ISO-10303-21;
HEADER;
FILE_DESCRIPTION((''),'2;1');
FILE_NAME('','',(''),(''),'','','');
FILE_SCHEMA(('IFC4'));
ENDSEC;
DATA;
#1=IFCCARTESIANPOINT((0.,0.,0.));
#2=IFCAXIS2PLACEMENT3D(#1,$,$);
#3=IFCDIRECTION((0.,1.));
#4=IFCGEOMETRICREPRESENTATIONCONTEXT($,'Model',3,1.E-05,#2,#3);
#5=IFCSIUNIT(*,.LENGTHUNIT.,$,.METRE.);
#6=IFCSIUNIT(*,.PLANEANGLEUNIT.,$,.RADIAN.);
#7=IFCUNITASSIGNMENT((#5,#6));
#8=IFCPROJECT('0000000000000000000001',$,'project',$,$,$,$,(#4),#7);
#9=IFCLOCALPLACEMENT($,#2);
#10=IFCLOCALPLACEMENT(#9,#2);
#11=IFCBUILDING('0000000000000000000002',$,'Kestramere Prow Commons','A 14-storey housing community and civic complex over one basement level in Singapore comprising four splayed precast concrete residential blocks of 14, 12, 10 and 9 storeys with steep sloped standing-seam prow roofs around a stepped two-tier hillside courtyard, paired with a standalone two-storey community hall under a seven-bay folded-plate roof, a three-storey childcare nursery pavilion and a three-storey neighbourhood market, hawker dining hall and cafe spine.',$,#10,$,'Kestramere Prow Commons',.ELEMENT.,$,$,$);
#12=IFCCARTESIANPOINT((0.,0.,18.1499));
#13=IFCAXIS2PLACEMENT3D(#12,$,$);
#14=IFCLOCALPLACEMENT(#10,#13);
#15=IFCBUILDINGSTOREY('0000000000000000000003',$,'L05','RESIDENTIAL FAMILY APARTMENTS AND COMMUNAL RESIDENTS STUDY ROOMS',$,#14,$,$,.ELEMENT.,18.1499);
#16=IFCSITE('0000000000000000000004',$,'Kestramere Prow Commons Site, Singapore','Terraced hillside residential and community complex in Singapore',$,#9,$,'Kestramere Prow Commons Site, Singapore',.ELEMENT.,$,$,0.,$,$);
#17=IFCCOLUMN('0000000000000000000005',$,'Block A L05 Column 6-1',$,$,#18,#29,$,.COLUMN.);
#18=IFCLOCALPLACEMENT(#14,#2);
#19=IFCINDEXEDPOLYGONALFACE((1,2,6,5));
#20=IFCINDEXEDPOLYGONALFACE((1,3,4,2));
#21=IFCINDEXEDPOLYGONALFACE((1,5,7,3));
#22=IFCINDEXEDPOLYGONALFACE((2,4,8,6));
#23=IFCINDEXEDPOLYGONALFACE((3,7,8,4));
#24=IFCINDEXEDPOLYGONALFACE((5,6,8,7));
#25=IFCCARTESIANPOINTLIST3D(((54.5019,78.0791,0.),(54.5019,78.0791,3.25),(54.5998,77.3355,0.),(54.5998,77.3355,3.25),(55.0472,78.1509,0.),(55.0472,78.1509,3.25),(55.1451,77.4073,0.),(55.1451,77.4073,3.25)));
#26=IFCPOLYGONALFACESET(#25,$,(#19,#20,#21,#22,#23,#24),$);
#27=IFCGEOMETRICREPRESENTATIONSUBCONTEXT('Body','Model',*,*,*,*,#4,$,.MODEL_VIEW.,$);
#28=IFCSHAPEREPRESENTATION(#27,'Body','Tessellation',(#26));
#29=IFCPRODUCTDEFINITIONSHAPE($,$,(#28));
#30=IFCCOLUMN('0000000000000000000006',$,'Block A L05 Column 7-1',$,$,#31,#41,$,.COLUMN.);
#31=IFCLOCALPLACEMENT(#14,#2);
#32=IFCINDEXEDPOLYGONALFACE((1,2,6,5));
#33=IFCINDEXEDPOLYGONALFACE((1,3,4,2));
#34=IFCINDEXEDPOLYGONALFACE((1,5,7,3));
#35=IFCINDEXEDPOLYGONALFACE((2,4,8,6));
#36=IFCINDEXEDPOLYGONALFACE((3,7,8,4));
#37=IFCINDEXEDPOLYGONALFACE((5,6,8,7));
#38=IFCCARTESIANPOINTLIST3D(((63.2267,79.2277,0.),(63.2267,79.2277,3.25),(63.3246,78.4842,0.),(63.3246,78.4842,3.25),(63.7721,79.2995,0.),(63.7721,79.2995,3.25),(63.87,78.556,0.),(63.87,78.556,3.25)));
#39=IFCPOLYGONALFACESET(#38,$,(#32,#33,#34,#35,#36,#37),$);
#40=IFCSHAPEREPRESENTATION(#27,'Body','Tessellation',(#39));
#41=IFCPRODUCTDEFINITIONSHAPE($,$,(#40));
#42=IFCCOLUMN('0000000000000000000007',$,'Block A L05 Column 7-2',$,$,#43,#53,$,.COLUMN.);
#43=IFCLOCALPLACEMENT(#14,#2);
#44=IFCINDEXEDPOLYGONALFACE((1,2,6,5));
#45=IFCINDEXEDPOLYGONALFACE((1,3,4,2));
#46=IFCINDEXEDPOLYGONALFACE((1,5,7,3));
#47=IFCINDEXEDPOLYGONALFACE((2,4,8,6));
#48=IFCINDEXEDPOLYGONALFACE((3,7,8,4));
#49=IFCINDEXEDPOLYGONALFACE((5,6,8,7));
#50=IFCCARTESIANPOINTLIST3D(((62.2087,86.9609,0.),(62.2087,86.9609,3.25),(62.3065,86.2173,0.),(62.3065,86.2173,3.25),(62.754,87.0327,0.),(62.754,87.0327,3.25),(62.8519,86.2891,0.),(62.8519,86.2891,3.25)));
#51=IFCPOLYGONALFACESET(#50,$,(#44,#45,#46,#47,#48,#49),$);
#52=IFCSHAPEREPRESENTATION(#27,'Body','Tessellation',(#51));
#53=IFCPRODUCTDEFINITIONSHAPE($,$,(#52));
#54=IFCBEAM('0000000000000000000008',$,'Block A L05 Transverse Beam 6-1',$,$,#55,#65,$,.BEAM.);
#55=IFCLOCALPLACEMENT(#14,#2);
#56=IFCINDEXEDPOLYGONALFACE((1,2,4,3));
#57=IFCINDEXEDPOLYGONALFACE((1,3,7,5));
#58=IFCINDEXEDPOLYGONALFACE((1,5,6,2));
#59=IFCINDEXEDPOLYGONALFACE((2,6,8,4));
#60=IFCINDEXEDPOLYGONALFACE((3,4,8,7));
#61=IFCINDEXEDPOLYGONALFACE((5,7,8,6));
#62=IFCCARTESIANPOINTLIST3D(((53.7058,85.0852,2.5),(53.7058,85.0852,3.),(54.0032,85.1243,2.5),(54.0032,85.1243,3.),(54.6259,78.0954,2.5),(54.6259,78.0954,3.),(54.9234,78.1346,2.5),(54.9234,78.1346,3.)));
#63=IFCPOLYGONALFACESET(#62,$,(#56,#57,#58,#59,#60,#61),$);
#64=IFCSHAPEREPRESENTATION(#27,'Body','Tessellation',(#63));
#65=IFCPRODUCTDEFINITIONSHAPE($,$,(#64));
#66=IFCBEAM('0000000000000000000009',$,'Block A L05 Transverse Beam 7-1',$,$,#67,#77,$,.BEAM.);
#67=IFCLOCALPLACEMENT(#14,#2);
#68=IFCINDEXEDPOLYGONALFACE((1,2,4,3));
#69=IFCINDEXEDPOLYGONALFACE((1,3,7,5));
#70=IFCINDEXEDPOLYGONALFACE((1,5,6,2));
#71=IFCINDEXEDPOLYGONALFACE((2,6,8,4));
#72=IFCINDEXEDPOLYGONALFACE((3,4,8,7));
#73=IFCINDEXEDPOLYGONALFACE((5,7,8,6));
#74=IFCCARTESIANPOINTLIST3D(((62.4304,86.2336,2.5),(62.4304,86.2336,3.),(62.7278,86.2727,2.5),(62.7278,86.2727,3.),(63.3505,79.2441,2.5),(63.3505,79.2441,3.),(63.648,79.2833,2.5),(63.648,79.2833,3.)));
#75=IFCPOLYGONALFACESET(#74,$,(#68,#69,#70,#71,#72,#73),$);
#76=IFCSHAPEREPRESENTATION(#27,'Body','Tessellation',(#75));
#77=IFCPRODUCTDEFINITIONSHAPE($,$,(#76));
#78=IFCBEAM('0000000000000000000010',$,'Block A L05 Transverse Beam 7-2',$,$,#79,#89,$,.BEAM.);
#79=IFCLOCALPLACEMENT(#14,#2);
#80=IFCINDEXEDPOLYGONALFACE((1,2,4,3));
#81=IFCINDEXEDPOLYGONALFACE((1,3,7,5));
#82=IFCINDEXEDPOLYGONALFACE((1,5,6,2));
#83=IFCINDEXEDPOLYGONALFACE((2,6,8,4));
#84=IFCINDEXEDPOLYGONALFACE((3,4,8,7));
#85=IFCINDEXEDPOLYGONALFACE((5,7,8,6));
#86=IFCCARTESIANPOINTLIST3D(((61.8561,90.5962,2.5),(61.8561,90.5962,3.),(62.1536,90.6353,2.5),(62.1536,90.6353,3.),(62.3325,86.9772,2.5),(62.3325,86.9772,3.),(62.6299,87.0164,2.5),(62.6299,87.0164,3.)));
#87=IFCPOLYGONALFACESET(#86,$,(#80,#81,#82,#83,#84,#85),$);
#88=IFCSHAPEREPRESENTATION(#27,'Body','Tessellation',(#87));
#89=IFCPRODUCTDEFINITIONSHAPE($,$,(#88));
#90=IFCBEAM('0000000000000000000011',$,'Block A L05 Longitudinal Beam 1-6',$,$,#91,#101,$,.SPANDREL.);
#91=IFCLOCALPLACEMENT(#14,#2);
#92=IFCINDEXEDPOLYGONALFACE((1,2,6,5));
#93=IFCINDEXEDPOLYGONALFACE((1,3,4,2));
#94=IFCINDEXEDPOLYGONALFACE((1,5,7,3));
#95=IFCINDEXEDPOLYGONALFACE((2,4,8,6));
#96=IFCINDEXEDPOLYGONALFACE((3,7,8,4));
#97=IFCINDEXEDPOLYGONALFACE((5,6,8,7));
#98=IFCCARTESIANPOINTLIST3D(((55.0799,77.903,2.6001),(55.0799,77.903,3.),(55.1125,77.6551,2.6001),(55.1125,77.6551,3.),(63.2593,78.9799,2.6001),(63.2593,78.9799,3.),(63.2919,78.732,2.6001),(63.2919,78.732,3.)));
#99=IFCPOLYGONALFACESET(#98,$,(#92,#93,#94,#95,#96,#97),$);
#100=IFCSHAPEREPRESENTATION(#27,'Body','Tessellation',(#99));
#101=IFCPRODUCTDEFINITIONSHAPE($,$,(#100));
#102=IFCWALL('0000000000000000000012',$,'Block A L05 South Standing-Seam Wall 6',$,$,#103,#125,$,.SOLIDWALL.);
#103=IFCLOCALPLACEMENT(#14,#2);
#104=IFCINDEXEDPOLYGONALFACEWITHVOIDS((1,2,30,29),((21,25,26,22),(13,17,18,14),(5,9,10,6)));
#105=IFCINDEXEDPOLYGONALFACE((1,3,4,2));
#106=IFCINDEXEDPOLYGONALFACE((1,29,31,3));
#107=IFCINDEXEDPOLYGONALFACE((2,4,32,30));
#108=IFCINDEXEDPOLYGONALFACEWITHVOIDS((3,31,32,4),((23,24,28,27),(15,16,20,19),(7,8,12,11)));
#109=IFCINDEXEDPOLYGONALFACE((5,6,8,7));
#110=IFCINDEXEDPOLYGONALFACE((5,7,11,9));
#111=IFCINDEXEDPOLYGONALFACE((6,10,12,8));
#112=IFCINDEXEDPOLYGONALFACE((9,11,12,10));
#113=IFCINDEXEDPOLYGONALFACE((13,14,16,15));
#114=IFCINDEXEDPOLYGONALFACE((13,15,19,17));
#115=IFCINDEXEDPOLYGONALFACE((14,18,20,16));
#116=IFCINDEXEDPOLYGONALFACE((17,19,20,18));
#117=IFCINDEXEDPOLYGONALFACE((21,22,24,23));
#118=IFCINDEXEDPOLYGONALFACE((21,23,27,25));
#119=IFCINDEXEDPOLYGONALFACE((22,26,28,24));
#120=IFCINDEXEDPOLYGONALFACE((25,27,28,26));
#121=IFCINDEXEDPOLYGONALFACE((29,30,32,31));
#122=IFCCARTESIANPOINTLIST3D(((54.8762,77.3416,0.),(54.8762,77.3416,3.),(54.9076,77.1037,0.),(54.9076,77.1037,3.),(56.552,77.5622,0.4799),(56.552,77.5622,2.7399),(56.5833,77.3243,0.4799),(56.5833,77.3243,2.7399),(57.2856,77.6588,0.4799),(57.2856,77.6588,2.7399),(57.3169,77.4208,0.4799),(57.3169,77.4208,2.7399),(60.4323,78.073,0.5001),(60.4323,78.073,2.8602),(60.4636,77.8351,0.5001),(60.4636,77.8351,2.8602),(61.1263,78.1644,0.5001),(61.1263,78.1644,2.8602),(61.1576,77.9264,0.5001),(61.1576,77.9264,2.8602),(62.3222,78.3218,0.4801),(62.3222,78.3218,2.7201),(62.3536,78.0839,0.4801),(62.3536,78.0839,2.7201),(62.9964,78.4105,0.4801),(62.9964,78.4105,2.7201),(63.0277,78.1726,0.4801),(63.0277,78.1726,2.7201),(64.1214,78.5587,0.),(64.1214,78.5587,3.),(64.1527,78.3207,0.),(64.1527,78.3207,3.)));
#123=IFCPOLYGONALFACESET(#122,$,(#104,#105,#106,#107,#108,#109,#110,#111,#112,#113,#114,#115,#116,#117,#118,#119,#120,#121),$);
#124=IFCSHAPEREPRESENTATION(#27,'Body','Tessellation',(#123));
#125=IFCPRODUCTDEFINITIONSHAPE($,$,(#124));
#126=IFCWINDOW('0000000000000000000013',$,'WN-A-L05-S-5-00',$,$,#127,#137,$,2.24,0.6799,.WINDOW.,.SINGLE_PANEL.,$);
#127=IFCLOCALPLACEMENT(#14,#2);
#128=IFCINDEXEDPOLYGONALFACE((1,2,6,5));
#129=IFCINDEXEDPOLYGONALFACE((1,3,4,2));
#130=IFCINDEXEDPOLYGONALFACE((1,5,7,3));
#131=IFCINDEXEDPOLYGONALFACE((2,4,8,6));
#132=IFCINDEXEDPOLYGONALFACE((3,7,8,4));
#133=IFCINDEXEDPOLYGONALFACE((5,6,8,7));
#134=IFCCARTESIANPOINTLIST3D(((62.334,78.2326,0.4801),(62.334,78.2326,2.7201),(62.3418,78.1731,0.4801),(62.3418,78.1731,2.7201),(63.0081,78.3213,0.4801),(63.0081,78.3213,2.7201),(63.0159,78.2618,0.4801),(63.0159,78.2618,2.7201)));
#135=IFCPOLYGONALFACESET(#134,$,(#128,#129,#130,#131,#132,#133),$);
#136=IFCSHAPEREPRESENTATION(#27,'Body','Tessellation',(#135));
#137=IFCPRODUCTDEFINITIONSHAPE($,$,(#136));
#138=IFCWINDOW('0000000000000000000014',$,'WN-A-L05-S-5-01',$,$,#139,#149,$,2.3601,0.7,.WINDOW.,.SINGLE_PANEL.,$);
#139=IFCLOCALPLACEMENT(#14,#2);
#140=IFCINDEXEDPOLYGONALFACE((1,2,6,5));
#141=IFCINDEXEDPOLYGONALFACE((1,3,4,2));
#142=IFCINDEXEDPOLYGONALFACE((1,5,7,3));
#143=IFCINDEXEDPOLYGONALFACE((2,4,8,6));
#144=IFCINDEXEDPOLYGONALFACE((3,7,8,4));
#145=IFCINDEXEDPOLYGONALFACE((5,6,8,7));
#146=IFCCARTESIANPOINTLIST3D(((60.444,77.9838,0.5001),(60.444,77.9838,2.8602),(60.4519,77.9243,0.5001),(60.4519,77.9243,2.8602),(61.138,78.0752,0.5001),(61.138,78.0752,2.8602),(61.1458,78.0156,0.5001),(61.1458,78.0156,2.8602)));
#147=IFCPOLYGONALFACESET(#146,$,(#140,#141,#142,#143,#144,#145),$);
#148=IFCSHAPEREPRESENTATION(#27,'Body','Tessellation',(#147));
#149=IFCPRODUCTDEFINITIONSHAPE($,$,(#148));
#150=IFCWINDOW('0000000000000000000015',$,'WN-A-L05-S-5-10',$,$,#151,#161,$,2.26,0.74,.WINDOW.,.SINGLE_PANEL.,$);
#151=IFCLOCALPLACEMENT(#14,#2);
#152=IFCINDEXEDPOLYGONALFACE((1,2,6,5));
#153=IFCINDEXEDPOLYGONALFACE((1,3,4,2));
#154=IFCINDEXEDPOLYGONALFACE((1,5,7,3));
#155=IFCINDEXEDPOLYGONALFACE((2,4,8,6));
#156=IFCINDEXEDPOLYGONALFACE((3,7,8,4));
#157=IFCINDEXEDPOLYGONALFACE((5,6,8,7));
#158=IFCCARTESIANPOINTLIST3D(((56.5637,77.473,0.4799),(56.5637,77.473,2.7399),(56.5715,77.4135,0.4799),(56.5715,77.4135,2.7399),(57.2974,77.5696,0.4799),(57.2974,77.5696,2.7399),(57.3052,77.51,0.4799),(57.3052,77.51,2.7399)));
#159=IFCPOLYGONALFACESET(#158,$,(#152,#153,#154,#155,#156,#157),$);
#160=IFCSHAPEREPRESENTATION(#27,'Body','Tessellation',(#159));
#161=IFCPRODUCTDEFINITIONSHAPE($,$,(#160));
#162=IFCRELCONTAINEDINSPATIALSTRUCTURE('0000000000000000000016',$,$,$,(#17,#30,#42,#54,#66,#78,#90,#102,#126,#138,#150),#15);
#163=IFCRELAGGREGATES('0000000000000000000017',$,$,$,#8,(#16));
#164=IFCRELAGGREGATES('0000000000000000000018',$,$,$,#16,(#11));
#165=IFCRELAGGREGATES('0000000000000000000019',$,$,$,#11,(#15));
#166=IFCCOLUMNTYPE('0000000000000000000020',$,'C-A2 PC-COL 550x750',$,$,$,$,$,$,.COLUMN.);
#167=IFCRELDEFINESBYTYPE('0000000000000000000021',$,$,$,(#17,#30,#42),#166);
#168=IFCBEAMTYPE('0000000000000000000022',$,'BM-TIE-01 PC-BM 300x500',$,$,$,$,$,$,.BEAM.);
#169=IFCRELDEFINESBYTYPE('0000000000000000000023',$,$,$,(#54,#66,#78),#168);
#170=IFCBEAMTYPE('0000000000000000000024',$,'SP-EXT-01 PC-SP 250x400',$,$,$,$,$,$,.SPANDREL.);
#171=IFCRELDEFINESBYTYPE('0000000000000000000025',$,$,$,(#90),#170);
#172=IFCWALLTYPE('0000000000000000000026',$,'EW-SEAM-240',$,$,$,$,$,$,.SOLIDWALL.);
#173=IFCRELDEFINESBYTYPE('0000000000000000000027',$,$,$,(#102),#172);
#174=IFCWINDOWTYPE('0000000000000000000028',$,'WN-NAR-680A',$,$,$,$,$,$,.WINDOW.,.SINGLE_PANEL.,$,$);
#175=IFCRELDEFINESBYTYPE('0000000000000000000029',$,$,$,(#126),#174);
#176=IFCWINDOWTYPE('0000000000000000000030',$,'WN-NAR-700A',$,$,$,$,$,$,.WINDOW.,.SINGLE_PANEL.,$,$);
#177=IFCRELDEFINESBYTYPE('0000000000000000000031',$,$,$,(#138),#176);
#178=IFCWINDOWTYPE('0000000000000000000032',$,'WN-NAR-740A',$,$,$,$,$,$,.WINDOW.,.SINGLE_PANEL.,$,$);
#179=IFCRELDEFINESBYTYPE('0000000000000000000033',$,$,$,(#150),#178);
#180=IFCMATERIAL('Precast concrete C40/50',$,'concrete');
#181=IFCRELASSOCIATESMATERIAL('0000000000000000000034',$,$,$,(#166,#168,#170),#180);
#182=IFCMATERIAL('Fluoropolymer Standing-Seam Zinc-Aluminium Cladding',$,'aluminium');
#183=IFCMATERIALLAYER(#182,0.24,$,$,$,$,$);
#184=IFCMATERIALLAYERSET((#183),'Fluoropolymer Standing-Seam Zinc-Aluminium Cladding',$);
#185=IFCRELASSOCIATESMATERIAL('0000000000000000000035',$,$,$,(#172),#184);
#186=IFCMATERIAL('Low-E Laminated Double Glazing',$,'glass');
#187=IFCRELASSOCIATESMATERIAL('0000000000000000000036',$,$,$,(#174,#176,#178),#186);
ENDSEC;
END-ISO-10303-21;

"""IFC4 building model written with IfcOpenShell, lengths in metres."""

from ifc_helpers import new_model, si_unit, direction, frame, frame_2d, origin, origin_2d, place, context, subcontext, project, spatial, rectangle, extrude, material, layer, layer_set, material_profile, profile_set, type_object, element, fill, save


model = new_model("IFC4")

# Units and contexts
model_context = context("Model", 3, precision=1e-05, world=origin(), true_north=direction((0.0, 1.0)))
body_context = subcontext(model_context, "Body", "Model", "MODEL_VIEW")
ifc_project = project(units=[si_unit("LENGTHUNIT", "METRE"), si_unit("PLANEANGLEUNIT", "RADIAN")], contexts=[model_context])

# Site, building, storey
site_placement = place(None, origin())
site = spatial("IfcSite", under=ifc_project, at=site_placement, Name="Kestramere Prow Commons Site, Singapore", Description="Terraced hillside residential and community complex in Singapore", LongName="Kestramere Prow Commons Site, Singapore", CompositionType="ELEMENT", RefElevation=0.0)
building_placement = place(site_placement, origin())
building = spatial("IfcBuilding", under=site, at=building_placement, Name="Kestramere Prow Commons", Description="A 14-storey housing community and civic complex over one basement level in Singapore comprising four splayed precast concrete residential blocks of 14, 12, 10 and 9 storeys with steep sloped standing-seam prow roofs around a stepped two-tier hillside courtyard, paired with a standalone two-storey community hall under a seven-bay folded-plate roof, a three-storey childcare nursery pavilion and a three-storey neighbourhood market, hawker dining hall and cafe spine.", LongName="Kestramere Prow Commons", CompositionType="ELEMENT")
storey_placement = place(building_placement, frame((0.0, 0.0, 18.1499)))
storey = spatial("IfcBuildingStorey", under=building, at=storey_placement, Name="L05", Description="RESIDENTIAL FAMILY APARTMENTS AND COMMUNAL RESIDENTS STUDY ROOMS", CompositionType="ELEMENT", Elevation=18.1499)

# Columns
ifc_material_1 = material(Name="Precast concrete C40/50", Category="concrete")
ifc_material_profile_1 = material_profile(ifc_material_1, rectangle(XDim=0.55, YDim=0.75, at=origin_2d()), Name="PC-COL 550x750")
ifc_profile_set_1 = profile_set([ifc_material_profile_1], Name="Precast concrete C40/50")
column_type = type_object("IfcColumnType", Name="C-A2 PC-COL 550x750", PredefinedType="COLUMN", material=ifc_profile_set_1)
for number, where, z_axis, x_axis, name in (
    (1, (54.8235, 77.7432, 0.0), (0.0, 0.0, 1.0), (0.991445, 0.130526, 0.0), "Block A L05 Column 6-1"),
    (2, (63.5483, 78.8918, 0.0), (0.0, 0.0, 1.0), (0.991445, 0.130526, 0.0), "Block A L05 Column 7-1"),
    (3, (62.5303, 86.625, 0.0), (0.0, 0.0, 1.0), (0.991445, 0.130526, 0.0), "Block A L05 Column 7-2"),
):
    element("IfcColumn", number, at=place(storey_placement, frame(where, z_axis=z_axis, x_axis=x_axis)), inside=storey, type_object=column_type, Name=name, PredefinedType="COLUMN", context=body_context, shape_type="SweptSolid", body=[
        extrude(rectangle(XDim=0.55, YDim=0.75, at=origin_2d()), origin(), (0.0, 0.0, 1.0), 3.25),
    ])

# Beams
ifc_material_profile_2 = material_profile(ifc_material_1, rectangle(XDim=0.3, YDim=0.5, at=origin_2d()), Name="PC-BM 300x500")
ifc_profile_set_2 = profile_set([ifc_material_profile_2], Name="Precast concrete C40/50")
beam_type_1 = type_object("IfcBeamType", Name="BM-TIE-01 PC-BM 300x500", PredefinedType="BEAM", material=ifc_profile_set_2)
beam_1_placement = place(storey_placement, frame((54.7747, 78.115, 2.75), z_axis=(-0.130519, 0.991446, 0.0), x_axis=(-0.991446, -0.130519, 0.0)))
element("IfcBeam", 4, at=beam_1_placement, inside=storey, type_object=beam_type_1, Name="Block A L05 Transverse Beam 6-1", PredefinedType="BEAM", context=body_context, shape_type="SweptSolid", body=[
    extrude(rectangle(XDim=0.3, YDim=0.5, at=origin_2d()), origin(), (0.0, 0.0, 1.0), 7.05),
])
beam_2_placement = place(storey_placement, frame((63.4993, 79.2637, 2.75), z_axis=(-0.130523, 0.991445, 0.0), x_axis=(-0.991445, -0.130523, 0.0)))
element("IfcBeam", 5, at=beam_2_placement, inside=storey, type_object=beam_type_1, Name="Block A L05 Transverse Beam 7-1", PredefinedType="BEAM", context=body_context, shape_type="SweptSolid", body=[
    extrude(rectangle(XDim=0.3, YDim=0.5, at=origin_2d()), origin(), (0.0, 0.0, 1.0), 7.0498),
])
beam_3_placement = place(storey_placement, frame((62.4812, 86.9968, 2.75), z_axis=(-0.130494, 0.991449, 0.0), x_axis=(-0.991449, -0.130494, 0.0)))
element("IfcBeam", 6, at=beam_3_placement, inside=storey, type_object=beam_type_1, Name="Block A L05 Transverse Beam 7-2", PredefinedType="BEAM", context=body_context, shape_type="SweptSolid", body=[
    extrude(rectangle(XDim=0.3, YDim=0.5, at=origin_2d()), origin(), (0.0, 0.0, 1.0), 3.6501),
])
ifc_material_profile_3 = material_profile(ifc_material_1, rectangle(XDim=0.25, YDim=0.3999, at=origin_2d()), Name="PC-SP 250x400")
ifc_profile_set_3 = profile_set([ifc_material_profile_3], Name="Precast concrete C40/50")
beam_type_2 = type_object("IfcBeamType", Name="SP-EXT-01 PC-SP 250x400", PredefinedType="SPANDREL", material=ifc_profile_set_3)
beam_4_placement = place(storey_placement, frame((55.0962, 77.7791, 2.8), z_axis=(0.991444, 0.130533, 0.0), x_axis=(-0.130533, 0.991444, 0.0)))
element("IfcBeam", 7, at=beam_4_placement, inside=storey, type_object=beam_type_2, Name="Block A L05 Longitudinal Beam 1-6", PredefinedType="SPANDREL", context=body_context, shape_type="SweptSolid", body=[
    extrude(rectangle(XDim=0.25, YDim=0.3999, at=origin_2d()), origin(), (0.0, 0.0, 1.0), 8.25),
])

# Wall, openings, windows
ifc_material_2 = material(Name="Fluoropolymer Standing-Seam Zinc-Aluminium Cladding", Category="aluminium")
ifc_layer_1 = layer(ifc_material_2, 0.24)
ifc_layer_set_1 = layer_set([ifc_layer_1], Name="Fluoropolymer Standing-Seam Zinc-Aluminium Cladding")
wall_type_1 = type_object("IfcWallType", Name="EW-SEAM-240", PredefinedType="SOLIDWALL", material=ifc_layer_set_1)
wall_1_placement = place(storey_placement, frame((64.1372, 78.4397, 0.0), z_axis=(0.0, 0.0, 1.0), x_axis=(-0.991446, -0.130515, 0.0)))
wall_1 = element("IfcWall", 8, at=wall_1_placement, inside=storey, type_object=wall_type_1, Name="Block A L05 South Standing-Seam Wall 6", PredefinedType="SOLIDWALL", context=body_context, shape_type="SweptSolid", body=[
    extrude(rectangle(XDim=9.325, YDim=0.24, at=frame_2d((4.6626, 0.0))), origin(), (0.0, 0.0, 1.0), 3.0),
])
opening_1_placement = place(wall_1_placement, frame((1.135, 0.0, 0.48)))
opening_1 = element("IfcOpeningElement", 9, at=opening_1_placement, cuts=wall_1, PredefinedType="OPENING", context=body_context, shape_type="SweptSolid", body=[
    extrude(rectangle(XDim=0.6799, YDim=2.24, at=frame_2d((0.3398, 1.1201))), frame((0.0, 0.135, 0.0), z_axis=(0.0, -1.0, 0.0), x_axis=(1.0, 0.0, 0.0)), (0.0, 0.0, 1.0), 0.27),
])
opening_2_placement = place(wall_1_placement, frame((3.021, 0.0, 0.5)))
opening_2 = element("IfcOpeningElement", 10, at=opening_2_placement, cuts=wall_1, PredefinedType="OPENING", context=body_context, shape_type="SweptSolid", body=[
    extrude(rectangle(XDim=0.7, YDim=2.3601, at=frame_2d((0.3501, 1.1802))), frame((0.0, 0.135, 0.0), z_axis=(0.0, -1.0, 0.0), x_axis=(1.0, 0.0, 0.0)), (0.0, 0.0, 1.0), 0.27),
])
opening_3_placement = place(wall_1_placement, frame((6.8948, 0.0, 0.48)))
opening_3 = element("IfcOpeningElement", 11, at=opening_3_placement, cuts=wall_1, PredefinedType="OPENING", context=body_context, shape_type="SweptSolid", body=[
    extrude(rectangle(XDim=0.74, YDim=2.26, at=frame_2d((0.3701, 1.1299))), frame((0.0, 0.135, 0.0), z_axis=(0.0, -1.0, 0.0), x_axis=(1.0, 0.0, 0.0)), (0.0, 0.0, 1.0), 0.27),
])
ifc_material_3 = material(Name="Low-E Laminated Double Glazing", Category="glass")
window_type_1 = type_object("IfcWindowType", Name="WN-NAR-680A", PartitioningType="SINGLE_PANEL", PredefinedType="WINDOW", material=ifc_material_3)
window_1_placement = place(opening_1_placement, origin())
window_1 = element("IfcWindow", 12, at=window_1_placement, inside=storey, type_object=window_type_1, Name="WN-A-L05-S-5-00", OverallHeight=2.24, OverallWidth=0.6799, PartitioningType="SINGLE_PANEL", PredefinedType="WINDOW", context=body_context, shape_type="SweptSolid", body=[
    extrude(rectangle(XDim=0.6799, YDim=2.24, at=frame_2d((0.3398, 1.1201))), frame((0.0, 0.03, 0.0), z_axis=(0.0, -1.0, 0.0), x_axis=(1.0, 0.0, 0.0)), (0.0, 0.0, 1.0), 0.0601),
])
fill(opening_1, window_1)
window_type_2 = type_object("IfcWindowType", Name="WN-NAR-700A", PartitioningType="SINGLE_PANEL", PredefinedType="WINDOW", material=ifc_material_3)
window_2_placement = place(opening_2_placement, origin())
window_2 = element("IfcWindow", 13, at=window_2_placement, inside=storey, type_object=window_type_2, Name="WN-A-L05-S-5-01", OverallHeight=2.3601, OverallWidth=0.7, PartitioningType="SINGLE_PANEL", PredefinedType="WINDOW", context=body_context, shape_type="SweptSolid", body=[
    extrude(rectangle(XDim=0.7, YDim=2.3601, at=frame_2d((0.3501, 1.1802))), frame((0.0, 0.03, 0.0), z_axis=(0.0, -1.0, 0.0), x_axis=(1.0, 0.0, 0.0)), (0.0, 0.0, 1.0), 0.0601),
])
fill(opening_2, window_2)
window_type_3 = type_object("IfcWindowType", Name="WN-NAR-740A", PartitioningType="SINGLE_PANEL", PredefinedType="WINDOW", material=ifc_material_3)
window_3_placement = place(opening_3_placement, origin())
window_3 = element("IfcWindow", 14, at=window_3_placement, inside=storey, type_object=window_type_3, Name="WN-A-L05-S-5-10", OverallHeight=2.26, OverallWidth=0.74, PartitioningType="SINGLE_PANEL", PredefinedType="WINDOW", context=body_context, shape_type="SweptSolid", body=[
    extrude(rectangle(XDim=0.74, YDim=2.26, at=frame_2d((0.3701, 1.1299))), frame((0.0, 0.03, 0.0), z_axis=(0.0, -1.0, 0.0), x_axis=(1.0, 0.0, 0.0)), (0.0, 0.0, 1.0), 0.0601),
])
fill(opening_3, window_3)

save(model, "model.ifc")
